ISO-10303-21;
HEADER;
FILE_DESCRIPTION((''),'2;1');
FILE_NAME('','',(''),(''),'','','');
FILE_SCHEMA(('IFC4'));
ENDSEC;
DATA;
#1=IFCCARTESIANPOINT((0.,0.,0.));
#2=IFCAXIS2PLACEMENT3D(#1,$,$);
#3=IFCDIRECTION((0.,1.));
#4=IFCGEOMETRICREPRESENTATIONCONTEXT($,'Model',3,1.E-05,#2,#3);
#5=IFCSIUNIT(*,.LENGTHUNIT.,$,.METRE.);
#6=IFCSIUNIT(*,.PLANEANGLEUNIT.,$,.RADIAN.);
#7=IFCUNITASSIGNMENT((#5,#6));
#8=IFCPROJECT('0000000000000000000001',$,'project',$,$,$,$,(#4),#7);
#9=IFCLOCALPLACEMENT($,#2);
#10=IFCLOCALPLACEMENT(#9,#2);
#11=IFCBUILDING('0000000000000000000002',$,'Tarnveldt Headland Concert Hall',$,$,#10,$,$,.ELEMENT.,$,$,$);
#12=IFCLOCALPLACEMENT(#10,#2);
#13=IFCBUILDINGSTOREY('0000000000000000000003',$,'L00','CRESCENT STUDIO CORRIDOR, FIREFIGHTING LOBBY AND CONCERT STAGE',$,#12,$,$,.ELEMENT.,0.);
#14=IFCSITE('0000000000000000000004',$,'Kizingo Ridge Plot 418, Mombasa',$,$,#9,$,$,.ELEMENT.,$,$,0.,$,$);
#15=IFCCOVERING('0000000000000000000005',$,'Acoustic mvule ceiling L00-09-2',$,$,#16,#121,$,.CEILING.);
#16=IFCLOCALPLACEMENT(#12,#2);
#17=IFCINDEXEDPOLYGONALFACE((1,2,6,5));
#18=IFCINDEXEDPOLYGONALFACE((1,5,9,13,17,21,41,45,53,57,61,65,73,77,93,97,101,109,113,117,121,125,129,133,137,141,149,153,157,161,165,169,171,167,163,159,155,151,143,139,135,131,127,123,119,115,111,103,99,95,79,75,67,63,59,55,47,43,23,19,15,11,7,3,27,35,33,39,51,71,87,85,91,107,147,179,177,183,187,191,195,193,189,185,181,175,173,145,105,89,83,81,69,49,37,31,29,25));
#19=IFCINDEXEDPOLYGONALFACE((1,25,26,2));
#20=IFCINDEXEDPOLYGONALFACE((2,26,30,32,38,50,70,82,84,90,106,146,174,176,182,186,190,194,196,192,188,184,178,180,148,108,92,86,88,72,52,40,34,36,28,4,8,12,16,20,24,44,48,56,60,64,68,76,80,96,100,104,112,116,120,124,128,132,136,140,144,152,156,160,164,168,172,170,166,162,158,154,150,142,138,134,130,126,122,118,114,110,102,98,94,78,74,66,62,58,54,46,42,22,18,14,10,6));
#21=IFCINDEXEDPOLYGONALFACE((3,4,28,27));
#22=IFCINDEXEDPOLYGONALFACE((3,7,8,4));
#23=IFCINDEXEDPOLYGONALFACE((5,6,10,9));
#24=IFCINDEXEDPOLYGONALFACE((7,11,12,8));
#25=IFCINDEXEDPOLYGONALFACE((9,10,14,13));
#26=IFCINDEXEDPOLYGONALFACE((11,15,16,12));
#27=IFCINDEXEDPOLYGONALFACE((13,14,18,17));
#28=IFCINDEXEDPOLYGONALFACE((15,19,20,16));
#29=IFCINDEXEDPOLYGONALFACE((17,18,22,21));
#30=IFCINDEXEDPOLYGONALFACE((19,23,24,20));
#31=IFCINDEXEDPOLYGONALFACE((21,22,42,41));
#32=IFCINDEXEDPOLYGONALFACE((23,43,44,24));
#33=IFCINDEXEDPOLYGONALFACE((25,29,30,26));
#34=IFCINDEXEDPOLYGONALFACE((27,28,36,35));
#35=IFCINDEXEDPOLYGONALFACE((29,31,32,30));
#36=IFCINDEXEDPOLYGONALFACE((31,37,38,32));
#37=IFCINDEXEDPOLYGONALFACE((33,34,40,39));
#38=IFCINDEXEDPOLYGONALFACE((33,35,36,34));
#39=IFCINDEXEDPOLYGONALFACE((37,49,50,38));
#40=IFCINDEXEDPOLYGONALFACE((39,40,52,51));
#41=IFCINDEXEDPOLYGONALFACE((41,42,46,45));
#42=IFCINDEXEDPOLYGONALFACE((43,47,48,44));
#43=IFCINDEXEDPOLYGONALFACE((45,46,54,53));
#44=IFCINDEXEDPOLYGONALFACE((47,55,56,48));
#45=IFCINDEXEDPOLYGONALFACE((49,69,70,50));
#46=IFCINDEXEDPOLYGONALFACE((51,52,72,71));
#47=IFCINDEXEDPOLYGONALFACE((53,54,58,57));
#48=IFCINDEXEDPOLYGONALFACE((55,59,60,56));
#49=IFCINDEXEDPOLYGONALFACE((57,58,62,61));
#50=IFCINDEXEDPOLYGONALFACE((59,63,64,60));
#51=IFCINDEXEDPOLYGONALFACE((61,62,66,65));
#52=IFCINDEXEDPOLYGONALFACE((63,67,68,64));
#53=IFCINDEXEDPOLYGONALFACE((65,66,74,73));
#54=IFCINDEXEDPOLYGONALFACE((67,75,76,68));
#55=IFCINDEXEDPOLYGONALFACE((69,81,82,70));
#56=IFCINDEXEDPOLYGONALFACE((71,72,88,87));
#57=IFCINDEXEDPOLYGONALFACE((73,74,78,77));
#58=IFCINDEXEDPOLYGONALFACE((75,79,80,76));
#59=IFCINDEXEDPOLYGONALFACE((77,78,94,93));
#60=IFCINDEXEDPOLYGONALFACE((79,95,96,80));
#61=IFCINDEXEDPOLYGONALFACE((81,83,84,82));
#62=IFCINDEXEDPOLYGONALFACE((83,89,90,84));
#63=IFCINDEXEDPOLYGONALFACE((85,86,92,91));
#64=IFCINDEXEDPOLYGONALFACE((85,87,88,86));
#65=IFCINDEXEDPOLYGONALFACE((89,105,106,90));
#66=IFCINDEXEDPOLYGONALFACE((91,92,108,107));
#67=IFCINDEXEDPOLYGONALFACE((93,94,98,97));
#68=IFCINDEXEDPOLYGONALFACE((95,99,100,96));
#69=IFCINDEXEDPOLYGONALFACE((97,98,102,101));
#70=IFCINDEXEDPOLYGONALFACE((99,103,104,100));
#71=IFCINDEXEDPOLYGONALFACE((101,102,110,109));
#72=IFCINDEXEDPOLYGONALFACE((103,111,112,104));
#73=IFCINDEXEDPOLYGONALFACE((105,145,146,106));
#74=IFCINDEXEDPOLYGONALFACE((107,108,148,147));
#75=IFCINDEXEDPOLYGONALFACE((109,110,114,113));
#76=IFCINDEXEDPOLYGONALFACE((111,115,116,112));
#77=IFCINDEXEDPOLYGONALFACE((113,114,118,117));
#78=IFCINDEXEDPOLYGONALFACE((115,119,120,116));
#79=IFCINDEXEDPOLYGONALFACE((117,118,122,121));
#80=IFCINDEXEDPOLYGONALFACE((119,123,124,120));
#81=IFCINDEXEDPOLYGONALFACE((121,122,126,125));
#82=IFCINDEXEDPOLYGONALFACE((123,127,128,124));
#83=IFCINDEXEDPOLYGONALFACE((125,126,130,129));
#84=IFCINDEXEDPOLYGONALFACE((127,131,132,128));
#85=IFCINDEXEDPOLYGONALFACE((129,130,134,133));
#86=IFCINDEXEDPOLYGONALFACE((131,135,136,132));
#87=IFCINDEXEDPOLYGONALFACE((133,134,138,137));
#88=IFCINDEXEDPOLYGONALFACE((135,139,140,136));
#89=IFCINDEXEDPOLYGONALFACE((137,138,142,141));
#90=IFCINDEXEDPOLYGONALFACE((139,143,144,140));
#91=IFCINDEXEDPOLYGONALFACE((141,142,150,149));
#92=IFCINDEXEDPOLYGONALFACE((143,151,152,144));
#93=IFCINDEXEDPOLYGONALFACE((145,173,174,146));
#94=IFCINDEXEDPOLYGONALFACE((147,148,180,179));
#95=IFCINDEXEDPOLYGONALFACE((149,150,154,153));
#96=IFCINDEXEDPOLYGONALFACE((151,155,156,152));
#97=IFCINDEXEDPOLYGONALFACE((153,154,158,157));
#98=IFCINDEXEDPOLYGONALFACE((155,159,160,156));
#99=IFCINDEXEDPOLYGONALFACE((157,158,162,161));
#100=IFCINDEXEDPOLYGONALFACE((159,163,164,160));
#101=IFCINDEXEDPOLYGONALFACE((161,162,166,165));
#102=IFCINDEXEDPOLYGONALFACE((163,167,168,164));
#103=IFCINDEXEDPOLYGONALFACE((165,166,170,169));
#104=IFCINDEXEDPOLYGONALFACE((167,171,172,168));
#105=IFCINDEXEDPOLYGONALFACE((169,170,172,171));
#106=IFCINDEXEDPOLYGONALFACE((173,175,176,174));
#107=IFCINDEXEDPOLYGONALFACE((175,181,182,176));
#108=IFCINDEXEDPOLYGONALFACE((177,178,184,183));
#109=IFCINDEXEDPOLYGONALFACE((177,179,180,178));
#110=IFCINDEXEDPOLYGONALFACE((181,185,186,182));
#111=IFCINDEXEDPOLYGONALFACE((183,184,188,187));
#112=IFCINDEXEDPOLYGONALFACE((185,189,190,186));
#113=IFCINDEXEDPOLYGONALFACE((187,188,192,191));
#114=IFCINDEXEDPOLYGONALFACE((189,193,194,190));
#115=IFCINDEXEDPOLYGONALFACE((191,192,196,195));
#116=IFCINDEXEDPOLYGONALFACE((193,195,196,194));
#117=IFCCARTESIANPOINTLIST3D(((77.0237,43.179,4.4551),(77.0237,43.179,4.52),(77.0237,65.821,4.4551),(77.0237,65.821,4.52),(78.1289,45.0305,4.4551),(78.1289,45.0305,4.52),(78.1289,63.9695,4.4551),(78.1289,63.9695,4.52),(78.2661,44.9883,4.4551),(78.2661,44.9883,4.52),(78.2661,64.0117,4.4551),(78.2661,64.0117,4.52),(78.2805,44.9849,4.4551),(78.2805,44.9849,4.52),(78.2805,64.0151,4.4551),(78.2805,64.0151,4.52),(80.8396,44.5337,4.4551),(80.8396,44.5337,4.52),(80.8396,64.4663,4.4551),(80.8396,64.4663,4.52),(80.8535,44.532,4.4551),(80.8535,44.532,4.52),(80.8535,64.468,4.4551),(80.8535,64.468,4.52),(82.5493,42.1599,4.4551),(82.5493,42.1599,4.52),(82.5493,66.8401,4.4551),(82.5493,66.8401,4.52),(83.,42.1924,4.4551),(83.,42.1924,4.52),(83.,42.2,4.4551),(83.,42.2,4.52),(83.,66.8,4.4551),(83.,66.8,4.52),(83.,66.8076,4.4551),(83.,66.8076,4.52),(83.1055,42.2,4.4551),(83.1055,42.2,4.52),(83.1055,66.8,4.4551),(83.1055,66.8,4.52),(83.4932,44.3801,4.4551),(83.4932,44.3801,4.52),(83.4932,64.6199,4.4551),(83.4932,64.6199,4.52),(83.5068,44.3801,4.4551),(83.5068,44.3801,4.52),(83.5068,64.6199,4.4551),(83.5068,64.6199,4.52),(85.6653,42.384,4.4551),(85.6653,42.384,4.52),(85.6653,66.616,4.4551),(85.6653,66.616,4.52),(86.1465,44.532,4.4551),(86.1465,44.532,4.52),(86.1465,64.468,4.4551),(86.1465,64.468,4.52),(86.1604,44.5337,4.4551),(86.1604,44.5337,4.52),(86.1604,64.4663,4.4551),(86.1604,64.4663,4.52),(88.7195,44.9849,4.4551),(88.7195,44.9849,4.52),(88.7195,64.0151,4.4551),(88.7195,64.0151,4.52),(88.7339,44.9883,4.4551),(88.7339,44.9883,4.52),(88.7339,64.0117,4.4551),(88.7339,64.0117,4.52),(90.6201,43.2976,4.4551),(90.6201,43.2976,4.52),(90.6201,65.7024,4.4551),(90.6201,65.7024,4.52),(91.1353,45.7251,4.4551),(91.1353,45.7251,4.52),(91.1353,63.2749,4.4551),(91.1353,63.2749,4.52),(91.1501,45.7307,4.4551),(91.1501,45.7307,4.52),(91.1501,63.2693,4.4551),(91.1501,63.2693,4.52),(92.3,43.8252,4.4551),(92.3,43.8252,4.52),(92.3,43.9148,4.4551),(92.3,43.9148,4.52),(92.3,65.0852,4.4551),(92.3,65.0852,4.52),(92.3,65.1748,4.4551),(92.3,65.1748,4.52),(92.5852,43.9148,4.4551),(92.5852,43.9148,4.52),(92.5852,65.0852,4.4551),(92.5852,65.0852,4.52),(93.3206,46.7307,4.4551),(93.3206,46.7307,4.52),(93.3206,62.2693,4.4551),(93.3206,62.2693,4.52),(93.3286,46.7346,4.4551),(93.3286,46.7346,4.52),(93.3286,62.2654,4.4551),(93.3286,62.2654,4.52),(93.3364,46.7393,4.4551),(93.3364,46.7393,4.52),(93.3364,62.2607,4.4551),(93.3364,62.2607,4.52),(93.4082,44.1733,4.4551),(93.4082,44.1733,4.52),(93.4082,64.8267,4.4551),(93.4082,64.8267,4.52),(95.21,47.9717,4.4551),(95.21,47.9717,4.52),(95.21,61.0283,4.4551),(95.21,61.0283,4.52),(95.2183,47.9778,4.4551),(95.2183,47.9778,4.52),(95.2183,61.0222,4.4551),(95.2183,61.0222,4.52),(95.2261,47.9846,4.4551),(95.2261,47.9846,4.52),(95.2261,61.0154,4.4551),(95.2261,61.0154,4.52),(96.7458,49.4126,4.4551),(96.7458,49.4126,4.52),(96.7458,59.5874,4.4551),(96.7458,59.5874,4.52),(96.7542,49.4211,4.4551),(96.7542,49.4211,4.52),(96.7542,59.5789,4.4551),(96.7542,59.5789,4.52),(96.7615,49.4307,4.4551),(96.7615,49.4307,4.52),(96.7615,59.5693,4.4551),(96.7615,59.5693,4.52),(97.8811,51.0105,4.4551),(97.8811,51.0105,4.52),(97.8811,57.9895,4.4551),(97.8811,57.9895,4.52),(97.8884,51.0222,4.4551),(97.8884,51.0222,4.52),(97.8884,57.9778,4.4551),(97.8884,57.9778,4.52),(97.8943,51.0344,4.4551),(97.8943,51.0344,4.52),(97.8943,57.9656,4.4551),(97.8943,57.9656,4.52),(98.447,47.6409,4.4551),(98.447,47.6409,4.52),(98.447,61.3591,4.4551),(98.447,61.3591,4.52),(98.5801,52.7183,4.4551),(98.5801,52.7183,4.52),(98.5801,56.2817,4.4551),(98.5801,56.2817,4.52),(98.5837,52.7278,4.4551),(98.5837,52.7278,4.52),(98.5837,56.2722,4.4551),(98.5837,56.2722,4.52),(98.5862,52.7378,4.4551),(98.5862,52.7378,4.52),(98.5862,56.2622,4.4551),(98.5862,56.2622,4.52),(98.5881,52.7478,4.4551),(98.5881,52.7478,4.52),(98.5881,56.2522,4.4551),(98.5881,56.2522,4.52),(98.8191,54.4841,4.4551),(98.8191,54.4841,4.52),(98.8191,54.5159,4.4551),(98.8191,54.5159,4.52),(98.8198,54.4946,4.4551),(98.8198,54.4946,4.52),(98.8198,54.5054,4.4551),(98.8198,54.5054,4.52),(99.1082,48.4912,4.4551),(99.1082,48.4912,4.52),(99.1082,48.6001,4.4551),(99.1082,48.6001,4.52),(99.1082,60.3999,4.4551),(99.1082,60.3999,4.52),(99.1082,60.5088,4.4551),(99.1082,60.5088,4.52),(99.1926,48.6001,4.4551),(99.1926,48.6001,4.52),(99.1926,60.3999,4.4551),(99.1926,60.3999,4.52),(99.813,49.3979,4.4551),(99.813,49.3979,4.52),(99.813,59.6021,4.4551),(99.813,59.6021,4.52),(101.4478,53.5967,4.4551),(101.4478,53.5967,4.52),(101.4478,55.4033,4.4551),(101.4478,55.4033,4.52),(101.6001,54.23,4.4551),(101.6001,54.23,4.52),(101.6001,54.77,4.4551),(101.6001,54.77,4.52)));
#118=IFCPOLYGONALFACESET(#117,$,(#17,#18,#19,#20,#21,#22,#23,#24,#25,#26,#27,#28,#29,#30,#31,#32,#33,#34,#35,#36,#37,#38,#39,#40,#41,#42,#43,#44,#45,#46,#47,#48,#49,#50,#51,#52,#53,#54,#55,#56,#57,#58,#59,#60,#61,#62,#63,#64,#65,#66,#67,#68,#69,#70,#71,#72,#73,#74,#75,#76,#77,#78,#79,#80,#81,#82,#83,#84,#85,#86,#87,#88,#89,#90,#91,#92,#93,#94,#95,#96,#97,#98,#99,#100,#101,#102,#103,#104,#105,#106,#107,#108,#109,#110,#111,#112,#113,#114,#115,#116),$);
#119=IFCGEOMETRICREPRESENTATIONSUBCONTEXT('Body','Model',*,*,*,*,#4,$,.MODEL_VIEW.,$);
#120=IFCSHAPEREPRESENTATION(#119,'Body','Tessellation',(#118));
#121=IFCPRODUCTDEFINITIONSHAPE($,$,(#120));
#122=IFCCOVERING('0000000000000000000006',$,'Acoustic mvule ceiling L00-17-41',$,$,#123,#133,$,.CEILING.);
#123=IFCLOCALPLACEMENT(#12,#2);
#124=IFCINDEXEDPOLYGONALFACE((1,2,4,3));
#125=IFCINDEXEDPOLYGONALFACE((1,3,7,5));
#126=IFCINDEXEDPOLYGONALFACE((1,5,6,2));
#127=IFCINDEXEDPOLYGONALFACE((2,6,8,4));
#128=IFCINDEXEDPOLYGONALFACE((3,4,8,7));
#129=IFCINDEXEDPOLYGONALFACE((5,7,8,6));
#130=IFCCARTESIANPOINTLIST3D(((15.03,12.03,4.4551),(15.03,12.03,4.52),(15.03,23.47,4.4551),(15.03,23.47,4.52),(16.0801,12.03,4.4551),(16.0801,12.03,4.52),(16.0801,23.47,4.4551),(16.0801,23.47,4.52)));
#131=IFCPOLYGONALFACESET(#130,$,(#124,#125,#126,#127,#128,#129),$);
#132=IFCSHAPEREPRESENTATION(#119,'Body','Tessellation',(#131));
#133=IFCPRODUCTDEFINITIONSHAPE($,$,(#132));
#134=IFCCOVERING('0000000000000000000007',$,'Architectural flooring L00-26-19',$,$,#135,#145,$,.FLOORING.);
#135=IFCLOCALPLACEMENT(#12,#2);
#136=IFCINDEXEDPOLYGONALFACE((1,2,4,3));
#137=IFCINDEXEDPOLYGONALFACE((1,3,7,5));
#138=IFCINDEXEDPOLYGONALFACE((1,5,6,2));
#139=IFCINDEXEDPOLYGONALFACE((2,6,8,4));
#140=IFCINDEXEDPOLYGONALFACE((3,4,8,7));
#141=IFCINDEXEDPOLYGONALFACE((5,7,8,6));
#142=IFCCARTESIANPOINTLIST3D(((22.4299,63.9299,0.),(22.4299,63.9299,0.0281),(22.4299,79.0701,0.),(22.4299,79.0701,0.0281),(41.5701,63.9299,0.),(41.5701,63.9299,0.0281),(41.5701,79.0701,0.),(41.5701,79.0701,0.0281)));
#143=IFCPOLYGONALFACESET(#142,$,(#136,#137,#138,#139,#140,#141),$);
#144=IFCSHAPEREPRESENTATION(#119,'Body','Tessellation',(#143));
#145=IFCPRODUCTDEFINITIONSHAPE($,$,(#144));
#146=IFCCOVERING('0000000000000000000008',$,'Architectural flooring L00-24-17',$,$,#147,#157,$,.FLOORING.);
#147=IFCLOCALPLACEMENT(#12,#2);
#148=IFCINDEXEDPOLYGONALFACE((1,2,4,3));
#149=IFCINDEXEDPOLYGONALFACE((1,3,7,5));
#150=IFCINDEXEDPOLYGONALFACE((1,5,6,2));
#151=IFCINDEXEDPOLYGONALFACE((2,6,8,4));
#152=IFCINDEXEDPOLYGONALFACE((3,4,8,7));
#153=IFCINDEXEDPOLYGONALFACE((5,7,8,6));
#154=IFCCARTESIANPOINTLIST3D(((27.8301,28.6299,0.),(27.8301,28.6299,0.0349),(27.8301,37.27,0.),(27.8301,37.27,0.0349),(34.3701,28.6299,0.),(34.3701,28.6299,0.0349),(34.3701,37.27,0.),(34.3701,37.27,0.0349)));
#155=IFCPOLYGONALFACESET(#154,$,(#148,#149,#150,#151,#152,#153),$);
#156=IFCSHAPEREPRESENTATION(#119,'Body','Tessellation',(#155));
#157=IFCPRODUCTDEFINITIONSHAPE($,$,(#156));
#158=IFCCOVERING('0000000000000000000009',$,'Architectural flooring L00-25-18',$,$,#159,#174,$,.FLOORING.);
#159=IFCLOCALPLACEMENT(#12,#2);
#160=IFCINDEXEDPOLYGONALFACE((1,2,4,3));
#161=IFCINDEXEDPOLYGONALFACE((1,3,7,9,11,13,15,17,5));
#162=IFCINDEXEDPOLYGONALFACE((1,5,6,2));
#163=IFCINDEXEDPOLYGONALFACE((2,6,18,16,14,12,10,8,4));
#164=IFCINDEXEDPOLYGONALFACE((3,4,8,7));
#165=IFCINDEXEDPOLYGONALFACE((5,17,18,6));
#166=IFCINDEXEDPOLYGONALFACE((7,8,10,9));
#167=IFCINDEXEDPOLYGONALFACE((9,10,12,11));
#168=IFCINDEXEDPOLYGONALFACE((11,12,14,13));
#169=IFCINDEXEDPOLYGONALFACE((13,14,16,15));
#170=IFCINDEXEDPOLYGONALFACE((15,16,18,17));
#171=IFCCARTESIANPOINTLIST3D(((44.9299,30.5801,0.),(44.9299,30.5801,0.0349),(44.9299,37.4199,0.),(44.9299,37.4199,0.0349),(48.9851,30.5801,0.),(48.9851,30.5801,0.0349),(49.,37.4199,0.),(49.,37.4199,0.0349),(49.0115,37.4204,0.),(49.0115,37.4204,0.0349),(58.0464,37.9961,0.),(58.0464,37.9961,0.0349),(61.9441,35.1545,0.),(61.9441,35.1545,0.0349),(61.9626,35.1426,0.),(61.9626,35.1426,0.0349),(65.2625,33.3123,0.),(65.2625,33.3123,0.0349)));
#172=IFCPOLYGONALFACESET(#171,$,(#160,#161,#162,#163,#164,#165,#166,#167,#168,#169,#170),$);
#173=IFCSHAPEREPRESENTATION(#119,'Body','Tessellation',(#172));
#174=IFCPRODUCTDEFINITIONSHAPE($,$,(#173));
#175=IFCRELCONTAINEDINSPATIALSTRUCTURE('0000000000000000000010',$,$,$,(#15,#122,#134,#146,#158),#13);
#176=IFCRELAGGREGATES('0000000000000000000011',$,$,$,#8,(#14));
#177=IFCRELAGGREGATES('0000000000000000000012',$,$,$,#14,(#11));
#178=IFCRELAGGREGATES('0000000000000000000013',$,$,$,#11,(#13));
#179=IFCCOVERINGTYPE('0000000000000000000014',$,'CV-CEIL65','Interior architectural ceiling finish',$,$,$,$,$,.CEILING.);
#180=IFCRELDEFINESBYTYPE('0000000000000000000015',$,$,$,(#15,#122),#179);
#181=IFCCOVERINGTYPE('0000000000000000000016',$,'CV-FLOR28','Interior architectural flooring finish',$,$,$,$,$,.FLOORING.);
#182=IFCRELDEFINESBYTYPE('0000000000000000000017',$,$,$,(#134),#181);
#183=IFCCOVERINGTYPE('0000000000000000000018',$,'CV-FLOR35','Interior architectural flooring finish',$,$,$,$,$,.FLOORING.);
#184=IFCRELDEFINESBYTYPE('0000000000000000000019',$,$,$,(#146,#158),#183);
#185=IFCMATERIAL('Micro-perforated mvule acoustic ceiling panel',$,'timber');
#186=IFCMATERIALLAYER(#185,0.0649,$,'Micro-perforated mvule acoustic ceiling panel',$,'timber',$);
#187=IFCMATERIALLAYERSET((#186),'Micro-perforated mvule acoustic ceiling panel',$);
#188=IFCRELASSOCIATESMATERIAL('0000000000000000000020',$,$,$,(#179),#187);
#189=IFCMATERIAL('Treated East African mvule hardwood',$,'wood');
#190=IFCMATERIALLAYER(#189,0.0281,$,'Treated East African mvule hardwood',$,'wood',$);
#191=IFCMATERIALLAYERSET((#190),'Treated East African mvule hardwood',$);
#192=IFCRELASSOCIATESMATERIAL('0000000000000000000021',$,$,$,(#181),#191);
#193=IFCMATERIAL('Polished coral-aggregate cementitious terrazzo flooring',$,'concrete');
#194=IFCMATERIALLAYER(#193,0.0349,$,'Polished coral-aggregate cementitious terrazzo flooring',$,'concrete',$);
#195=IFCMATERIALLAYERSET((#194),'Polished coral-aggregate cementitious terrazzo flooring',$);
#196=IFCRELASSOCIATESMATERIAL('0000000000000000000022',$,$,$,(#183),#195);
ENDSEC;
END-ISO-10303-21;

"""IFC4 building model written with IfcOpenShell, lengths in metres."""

from ifc_helpers import new_model, si_unit, direction, frame, origin, place, context, subcontext, project, spatial, polyline, outline, extrude, material, layer, layer_set, type_object, element, save


model = new_model("IFC4")

# Units and contexts
model_context = context("Model", 3, precision=1e-05, world=origin(), true_north=direction((0.0, 1.0)))
body_context = subcontext(model_context, "Body", "Model", "MODEL_VIEW")
ifc_project = project(units=[si_unit("LENGTHUNIT", "METRE"), si_unit("PLANEANGLEUNIT", "RADIAN")], contexts=[model_context])

# Site, building, storey
site_placement = place(None, origin())
site = spatial("IfcSite", under=ifc_project, at=site_placement, Name="Kizingo Ridge Plot 418, Mombasa", CompositionType="ELEMENT", RefElevation=0.0)
building_placement = place(site_placement, origin())
building = spatial("IfcBuilding", under=site, at=building_placement, Name="Tarnveldt Headland Concert Hall", CompositionType="ELEMENT")
storey_placement = place(building_placement, origin())
storey = spatial("IfcBuildingStorey", under=building, at=storey_placement, Name="L00", Description="CRESCENT STUDIO CORRIDOR, FIREFIGHTING LOBBY AND CONCERT STAGE", CompositionType="ELEMENT", Elevation=0.0)

# Coverings
ifc_material_1 = material(Name="Micro-perforated mvule acoustic ceiling panel", Category="timber")
ifc_layer_1 = layer(ifc_material_1, 0.0649, Name="Micro-perforated mvule acoustic ceiling panel", Category="timber")
ifc_layer_set_1 = layer_set([ifc_layer_1], Name="Micro-perforated mvule acoustic ceiling panel")
covering_type_1 = type_object("IfcCoveringType", Name="CV-CEIL65", Description="Interior architectural ceiling finish", PredefinedType="CEILING", material=ifc_layer_set_1)
covering_1_placement = place(storey_placement, frame((0.0, 0.0, 4.4551)))
element("IfcCovering", 1, at=covering_1_placement, inside=storey, type_object=covering_type_1, Name="Acoustic mvule ceiling L00-09-2", PredefinedType="CEILING", context=body_context, shape_type="SweptSolid", body=[
    extrude(outline(polyline([(90.6201, 43.2976), (85.6653, 42.384), (83.1055, 42.2), (83.0, 42.2), (83.0, 42.1924), (82.5493, 42.1599), (77.0237, 43.179), (78.1289, 45.0305), (78.2661, 44.9883), (78.2805, 44.9849), (80.8396, 44.5337), (80.8535, 44.532), (83.4932, 44.3801), (83.5068, 44.3801), (86.1465, 44.532), (86.1604, 44.5337), (88.7195, 44.9849), (88.7339, 44.9883), (91.1353, 45.7251), (91.1501, 45.7307), (93.3206, 46.7307), (93.3286, 46.7346), (93.3364, 46.7393), (95.21, 47.9717), (95.2183, 47.9778), (95.2261, 47.9846), (96.7458, 49.4126), (96.7542, 49.4211), (96.7615, 49.4307), (97.8811, 51.0105), (97.8884, 51.0222), (97.8943, 51.0344), (98.5801, 52.7183), (98.5837, 52.7278), (98.5862, 52.7378), (98.5881, 52.7478), (98.8191, 54.4841), (98.8198, 54.4946), (98.8198, 54.5054), (98.8191, 54.5159), (98.5881, 56.2522), (98.5862, 56.2622), (98.5837, 56.2722), (98.5801, 56.2817), (97.8943, 57.9656), (97.8884, 57.9778), (97.8811, 57.9895), (96.7615, 59.5693), (96.7542, 59.5789), (96.7458, 59.5874), (95.2261, 61.0154), (95.2183, 61.0222), (95.21, 61.0283), (93.3364, 62.2607), (93.3286, 62.2654), (93.3206, 62.2693), (91.1501, 63.2693), (91.1353, 63.2749), (88.7339, 64.0117), (88.7195, 64.0151), (86.1604, 64.4663), (86.1465, 64.468), (83.5068, 64.6199), (83.4932, 64.6199), (80.8535, 64.468), (80.8396, 64.4663), (78.2805, 64.0151), (78.2661, 64.0117), (78.1289, 63.9695), (77.0237, 65.821), (82.5493, 66.8401), (83.0, 66.8076), (83.0, 66.8), (83.1055, 66.8), (85.6653, 66.616), (90.6201, 65.7024), (92.3, 65.1748), (92.3, 65.0852), (92.5852, 65.0852), (93.4082, 64.8267), (98.447, 61.3591), (99.1082, 60.5088), (99.1082, 60.3999), (99.1926, 60.3999), (99.813, 59.6021), (101.4478, 55.4033), (101.6001, 54.77), (101.6001, 54.23), (101.4478, 53.5967), (99.813, 49.3979), (99.1926, 48.6001), (99.1082, 48.6001), (99.1082, 48.4912), (98.447, 47.6409), (93.4082, 44.1733), (92.5852, 43.9148), (92.3, 43.9148), (92.3, 43.8252), (90.6201, 43.2976)])), origin(), (0.0, 0.0, 1.0), 0.0649),
])
covering_2_placement = place(storey_placement, frame((0.0, 0.0, 4.4551)))
element("IfcCovering", 2, at=covering_2_placement, inside=storey, type_object=covering_type_1, Name="Acoustic mvule ceiling L00-17-41", PredefinedType="CEILING", context=body_context, shape_type="SweptSolid", body=[
    extrude(outline(polyline([(15.03, 23.47), (16.0801, 23.47), (16.0801, 12.03), (15.03, 12.03), (15.03, 23.47)])), origin(), (0.0, 0.0, 1.0), 0.0649),
])
ifc_material_2 = material(Name="Treated East African mvule hardwood", Category="wood")
ifc_layer_2 = layer(ifc_material_2, 0.0281, Name="Treated East African mvule hardwood", Category="wood")
ifc_layer_set_2 = layer_set([ifc_layer_2], Name="Treated East African mvule hardwood")
covering_type_2 = type_object("IfcCoveringType", Name="CV-FLOR28", Description="Interior architectural flooring finish", PredefinedType="FLOORING", material=ifc_layer_set_2)
covering_3_placement = place(storey_placement, origin())
element("IfcCovering", 3, at=covering_3_placement, inside=storey, type_object=covering_type_2, Name="Architectural flooring L00-26-19", PredefinedType="FLOORING", context=body_context, shape_type="SweptSolid", body=[
    extrude(outline(polyline([(22.4299, 79.0701), (41.5701, 79.0701), (41.5701, 63.9299), (22.4299, 63.9299), (22.4299, 79.0701)])), origin(), (0.0, 0.0, 1.0), 0.0281),
])
ifc_material_3 = material(Name="Polished coral-aggregate cementitious terrazzo flooring", Category="concrete")
ifc_layer_3 = layer(ifc_material_3, 0.0349, Name="Polished coral-aggregate cementitious terrazzo flooring", Category="concrete")
ifc_layer_set_3 = layer_set([ifc_layer_3], Name="Polished coral-aggregate cementitious terrazzo flooring")
covering_type_3 = type_object("IfcCoveringType", Name="CV-FLOR35", Description="Interior architectural flooring finish", PredefinedType="FLOORING", material=ifc_layer_set_3)
covering_4_placement = place(storey_placement, origin())
element("IfcCovering", 4, at=covering_4_placement, inside=storey, type_object=covering_type_3, Name="Architectural flooring L00-24-17", PredefinedType="FLOORING", context=body_context, shape_type="SweptSolid", body=[
    extrude(outline(polyline([(27.8301, 37.27), (34.3701, 37.27), (34.3701, 28.6299), (27.8301, 28.6299), (27.8301, 37.27)])), origin(), (0.0, 0.0, 1.0), 0.0349),
])
covering_5_placement = place(storey_placement, origin())
element("IfcCovering", 5, at=covering_5_placement, inside=storey, type_object=covering_type_3, Name="Architectural flooring L00-25-18", PredefinedType="FLOORING", context=body_context, shape_type="SweptSolid", body=[
    extrude(outline(polyline([(44.9299, 37.4199), (49.0, 37.4199), (49.0115, 37.4204), (58.0464, 37.9961), (61.9441, 35.1545), (61.9626, 35.1426), (65.2625, 33.3123), (48.9851, 30.5801), (44.9299, 30.5801), (44.9299, 37.4199)])), origin(), (0.0, 0.0, 1.0), 0.0349),
])

save(model, "model.ifc")
